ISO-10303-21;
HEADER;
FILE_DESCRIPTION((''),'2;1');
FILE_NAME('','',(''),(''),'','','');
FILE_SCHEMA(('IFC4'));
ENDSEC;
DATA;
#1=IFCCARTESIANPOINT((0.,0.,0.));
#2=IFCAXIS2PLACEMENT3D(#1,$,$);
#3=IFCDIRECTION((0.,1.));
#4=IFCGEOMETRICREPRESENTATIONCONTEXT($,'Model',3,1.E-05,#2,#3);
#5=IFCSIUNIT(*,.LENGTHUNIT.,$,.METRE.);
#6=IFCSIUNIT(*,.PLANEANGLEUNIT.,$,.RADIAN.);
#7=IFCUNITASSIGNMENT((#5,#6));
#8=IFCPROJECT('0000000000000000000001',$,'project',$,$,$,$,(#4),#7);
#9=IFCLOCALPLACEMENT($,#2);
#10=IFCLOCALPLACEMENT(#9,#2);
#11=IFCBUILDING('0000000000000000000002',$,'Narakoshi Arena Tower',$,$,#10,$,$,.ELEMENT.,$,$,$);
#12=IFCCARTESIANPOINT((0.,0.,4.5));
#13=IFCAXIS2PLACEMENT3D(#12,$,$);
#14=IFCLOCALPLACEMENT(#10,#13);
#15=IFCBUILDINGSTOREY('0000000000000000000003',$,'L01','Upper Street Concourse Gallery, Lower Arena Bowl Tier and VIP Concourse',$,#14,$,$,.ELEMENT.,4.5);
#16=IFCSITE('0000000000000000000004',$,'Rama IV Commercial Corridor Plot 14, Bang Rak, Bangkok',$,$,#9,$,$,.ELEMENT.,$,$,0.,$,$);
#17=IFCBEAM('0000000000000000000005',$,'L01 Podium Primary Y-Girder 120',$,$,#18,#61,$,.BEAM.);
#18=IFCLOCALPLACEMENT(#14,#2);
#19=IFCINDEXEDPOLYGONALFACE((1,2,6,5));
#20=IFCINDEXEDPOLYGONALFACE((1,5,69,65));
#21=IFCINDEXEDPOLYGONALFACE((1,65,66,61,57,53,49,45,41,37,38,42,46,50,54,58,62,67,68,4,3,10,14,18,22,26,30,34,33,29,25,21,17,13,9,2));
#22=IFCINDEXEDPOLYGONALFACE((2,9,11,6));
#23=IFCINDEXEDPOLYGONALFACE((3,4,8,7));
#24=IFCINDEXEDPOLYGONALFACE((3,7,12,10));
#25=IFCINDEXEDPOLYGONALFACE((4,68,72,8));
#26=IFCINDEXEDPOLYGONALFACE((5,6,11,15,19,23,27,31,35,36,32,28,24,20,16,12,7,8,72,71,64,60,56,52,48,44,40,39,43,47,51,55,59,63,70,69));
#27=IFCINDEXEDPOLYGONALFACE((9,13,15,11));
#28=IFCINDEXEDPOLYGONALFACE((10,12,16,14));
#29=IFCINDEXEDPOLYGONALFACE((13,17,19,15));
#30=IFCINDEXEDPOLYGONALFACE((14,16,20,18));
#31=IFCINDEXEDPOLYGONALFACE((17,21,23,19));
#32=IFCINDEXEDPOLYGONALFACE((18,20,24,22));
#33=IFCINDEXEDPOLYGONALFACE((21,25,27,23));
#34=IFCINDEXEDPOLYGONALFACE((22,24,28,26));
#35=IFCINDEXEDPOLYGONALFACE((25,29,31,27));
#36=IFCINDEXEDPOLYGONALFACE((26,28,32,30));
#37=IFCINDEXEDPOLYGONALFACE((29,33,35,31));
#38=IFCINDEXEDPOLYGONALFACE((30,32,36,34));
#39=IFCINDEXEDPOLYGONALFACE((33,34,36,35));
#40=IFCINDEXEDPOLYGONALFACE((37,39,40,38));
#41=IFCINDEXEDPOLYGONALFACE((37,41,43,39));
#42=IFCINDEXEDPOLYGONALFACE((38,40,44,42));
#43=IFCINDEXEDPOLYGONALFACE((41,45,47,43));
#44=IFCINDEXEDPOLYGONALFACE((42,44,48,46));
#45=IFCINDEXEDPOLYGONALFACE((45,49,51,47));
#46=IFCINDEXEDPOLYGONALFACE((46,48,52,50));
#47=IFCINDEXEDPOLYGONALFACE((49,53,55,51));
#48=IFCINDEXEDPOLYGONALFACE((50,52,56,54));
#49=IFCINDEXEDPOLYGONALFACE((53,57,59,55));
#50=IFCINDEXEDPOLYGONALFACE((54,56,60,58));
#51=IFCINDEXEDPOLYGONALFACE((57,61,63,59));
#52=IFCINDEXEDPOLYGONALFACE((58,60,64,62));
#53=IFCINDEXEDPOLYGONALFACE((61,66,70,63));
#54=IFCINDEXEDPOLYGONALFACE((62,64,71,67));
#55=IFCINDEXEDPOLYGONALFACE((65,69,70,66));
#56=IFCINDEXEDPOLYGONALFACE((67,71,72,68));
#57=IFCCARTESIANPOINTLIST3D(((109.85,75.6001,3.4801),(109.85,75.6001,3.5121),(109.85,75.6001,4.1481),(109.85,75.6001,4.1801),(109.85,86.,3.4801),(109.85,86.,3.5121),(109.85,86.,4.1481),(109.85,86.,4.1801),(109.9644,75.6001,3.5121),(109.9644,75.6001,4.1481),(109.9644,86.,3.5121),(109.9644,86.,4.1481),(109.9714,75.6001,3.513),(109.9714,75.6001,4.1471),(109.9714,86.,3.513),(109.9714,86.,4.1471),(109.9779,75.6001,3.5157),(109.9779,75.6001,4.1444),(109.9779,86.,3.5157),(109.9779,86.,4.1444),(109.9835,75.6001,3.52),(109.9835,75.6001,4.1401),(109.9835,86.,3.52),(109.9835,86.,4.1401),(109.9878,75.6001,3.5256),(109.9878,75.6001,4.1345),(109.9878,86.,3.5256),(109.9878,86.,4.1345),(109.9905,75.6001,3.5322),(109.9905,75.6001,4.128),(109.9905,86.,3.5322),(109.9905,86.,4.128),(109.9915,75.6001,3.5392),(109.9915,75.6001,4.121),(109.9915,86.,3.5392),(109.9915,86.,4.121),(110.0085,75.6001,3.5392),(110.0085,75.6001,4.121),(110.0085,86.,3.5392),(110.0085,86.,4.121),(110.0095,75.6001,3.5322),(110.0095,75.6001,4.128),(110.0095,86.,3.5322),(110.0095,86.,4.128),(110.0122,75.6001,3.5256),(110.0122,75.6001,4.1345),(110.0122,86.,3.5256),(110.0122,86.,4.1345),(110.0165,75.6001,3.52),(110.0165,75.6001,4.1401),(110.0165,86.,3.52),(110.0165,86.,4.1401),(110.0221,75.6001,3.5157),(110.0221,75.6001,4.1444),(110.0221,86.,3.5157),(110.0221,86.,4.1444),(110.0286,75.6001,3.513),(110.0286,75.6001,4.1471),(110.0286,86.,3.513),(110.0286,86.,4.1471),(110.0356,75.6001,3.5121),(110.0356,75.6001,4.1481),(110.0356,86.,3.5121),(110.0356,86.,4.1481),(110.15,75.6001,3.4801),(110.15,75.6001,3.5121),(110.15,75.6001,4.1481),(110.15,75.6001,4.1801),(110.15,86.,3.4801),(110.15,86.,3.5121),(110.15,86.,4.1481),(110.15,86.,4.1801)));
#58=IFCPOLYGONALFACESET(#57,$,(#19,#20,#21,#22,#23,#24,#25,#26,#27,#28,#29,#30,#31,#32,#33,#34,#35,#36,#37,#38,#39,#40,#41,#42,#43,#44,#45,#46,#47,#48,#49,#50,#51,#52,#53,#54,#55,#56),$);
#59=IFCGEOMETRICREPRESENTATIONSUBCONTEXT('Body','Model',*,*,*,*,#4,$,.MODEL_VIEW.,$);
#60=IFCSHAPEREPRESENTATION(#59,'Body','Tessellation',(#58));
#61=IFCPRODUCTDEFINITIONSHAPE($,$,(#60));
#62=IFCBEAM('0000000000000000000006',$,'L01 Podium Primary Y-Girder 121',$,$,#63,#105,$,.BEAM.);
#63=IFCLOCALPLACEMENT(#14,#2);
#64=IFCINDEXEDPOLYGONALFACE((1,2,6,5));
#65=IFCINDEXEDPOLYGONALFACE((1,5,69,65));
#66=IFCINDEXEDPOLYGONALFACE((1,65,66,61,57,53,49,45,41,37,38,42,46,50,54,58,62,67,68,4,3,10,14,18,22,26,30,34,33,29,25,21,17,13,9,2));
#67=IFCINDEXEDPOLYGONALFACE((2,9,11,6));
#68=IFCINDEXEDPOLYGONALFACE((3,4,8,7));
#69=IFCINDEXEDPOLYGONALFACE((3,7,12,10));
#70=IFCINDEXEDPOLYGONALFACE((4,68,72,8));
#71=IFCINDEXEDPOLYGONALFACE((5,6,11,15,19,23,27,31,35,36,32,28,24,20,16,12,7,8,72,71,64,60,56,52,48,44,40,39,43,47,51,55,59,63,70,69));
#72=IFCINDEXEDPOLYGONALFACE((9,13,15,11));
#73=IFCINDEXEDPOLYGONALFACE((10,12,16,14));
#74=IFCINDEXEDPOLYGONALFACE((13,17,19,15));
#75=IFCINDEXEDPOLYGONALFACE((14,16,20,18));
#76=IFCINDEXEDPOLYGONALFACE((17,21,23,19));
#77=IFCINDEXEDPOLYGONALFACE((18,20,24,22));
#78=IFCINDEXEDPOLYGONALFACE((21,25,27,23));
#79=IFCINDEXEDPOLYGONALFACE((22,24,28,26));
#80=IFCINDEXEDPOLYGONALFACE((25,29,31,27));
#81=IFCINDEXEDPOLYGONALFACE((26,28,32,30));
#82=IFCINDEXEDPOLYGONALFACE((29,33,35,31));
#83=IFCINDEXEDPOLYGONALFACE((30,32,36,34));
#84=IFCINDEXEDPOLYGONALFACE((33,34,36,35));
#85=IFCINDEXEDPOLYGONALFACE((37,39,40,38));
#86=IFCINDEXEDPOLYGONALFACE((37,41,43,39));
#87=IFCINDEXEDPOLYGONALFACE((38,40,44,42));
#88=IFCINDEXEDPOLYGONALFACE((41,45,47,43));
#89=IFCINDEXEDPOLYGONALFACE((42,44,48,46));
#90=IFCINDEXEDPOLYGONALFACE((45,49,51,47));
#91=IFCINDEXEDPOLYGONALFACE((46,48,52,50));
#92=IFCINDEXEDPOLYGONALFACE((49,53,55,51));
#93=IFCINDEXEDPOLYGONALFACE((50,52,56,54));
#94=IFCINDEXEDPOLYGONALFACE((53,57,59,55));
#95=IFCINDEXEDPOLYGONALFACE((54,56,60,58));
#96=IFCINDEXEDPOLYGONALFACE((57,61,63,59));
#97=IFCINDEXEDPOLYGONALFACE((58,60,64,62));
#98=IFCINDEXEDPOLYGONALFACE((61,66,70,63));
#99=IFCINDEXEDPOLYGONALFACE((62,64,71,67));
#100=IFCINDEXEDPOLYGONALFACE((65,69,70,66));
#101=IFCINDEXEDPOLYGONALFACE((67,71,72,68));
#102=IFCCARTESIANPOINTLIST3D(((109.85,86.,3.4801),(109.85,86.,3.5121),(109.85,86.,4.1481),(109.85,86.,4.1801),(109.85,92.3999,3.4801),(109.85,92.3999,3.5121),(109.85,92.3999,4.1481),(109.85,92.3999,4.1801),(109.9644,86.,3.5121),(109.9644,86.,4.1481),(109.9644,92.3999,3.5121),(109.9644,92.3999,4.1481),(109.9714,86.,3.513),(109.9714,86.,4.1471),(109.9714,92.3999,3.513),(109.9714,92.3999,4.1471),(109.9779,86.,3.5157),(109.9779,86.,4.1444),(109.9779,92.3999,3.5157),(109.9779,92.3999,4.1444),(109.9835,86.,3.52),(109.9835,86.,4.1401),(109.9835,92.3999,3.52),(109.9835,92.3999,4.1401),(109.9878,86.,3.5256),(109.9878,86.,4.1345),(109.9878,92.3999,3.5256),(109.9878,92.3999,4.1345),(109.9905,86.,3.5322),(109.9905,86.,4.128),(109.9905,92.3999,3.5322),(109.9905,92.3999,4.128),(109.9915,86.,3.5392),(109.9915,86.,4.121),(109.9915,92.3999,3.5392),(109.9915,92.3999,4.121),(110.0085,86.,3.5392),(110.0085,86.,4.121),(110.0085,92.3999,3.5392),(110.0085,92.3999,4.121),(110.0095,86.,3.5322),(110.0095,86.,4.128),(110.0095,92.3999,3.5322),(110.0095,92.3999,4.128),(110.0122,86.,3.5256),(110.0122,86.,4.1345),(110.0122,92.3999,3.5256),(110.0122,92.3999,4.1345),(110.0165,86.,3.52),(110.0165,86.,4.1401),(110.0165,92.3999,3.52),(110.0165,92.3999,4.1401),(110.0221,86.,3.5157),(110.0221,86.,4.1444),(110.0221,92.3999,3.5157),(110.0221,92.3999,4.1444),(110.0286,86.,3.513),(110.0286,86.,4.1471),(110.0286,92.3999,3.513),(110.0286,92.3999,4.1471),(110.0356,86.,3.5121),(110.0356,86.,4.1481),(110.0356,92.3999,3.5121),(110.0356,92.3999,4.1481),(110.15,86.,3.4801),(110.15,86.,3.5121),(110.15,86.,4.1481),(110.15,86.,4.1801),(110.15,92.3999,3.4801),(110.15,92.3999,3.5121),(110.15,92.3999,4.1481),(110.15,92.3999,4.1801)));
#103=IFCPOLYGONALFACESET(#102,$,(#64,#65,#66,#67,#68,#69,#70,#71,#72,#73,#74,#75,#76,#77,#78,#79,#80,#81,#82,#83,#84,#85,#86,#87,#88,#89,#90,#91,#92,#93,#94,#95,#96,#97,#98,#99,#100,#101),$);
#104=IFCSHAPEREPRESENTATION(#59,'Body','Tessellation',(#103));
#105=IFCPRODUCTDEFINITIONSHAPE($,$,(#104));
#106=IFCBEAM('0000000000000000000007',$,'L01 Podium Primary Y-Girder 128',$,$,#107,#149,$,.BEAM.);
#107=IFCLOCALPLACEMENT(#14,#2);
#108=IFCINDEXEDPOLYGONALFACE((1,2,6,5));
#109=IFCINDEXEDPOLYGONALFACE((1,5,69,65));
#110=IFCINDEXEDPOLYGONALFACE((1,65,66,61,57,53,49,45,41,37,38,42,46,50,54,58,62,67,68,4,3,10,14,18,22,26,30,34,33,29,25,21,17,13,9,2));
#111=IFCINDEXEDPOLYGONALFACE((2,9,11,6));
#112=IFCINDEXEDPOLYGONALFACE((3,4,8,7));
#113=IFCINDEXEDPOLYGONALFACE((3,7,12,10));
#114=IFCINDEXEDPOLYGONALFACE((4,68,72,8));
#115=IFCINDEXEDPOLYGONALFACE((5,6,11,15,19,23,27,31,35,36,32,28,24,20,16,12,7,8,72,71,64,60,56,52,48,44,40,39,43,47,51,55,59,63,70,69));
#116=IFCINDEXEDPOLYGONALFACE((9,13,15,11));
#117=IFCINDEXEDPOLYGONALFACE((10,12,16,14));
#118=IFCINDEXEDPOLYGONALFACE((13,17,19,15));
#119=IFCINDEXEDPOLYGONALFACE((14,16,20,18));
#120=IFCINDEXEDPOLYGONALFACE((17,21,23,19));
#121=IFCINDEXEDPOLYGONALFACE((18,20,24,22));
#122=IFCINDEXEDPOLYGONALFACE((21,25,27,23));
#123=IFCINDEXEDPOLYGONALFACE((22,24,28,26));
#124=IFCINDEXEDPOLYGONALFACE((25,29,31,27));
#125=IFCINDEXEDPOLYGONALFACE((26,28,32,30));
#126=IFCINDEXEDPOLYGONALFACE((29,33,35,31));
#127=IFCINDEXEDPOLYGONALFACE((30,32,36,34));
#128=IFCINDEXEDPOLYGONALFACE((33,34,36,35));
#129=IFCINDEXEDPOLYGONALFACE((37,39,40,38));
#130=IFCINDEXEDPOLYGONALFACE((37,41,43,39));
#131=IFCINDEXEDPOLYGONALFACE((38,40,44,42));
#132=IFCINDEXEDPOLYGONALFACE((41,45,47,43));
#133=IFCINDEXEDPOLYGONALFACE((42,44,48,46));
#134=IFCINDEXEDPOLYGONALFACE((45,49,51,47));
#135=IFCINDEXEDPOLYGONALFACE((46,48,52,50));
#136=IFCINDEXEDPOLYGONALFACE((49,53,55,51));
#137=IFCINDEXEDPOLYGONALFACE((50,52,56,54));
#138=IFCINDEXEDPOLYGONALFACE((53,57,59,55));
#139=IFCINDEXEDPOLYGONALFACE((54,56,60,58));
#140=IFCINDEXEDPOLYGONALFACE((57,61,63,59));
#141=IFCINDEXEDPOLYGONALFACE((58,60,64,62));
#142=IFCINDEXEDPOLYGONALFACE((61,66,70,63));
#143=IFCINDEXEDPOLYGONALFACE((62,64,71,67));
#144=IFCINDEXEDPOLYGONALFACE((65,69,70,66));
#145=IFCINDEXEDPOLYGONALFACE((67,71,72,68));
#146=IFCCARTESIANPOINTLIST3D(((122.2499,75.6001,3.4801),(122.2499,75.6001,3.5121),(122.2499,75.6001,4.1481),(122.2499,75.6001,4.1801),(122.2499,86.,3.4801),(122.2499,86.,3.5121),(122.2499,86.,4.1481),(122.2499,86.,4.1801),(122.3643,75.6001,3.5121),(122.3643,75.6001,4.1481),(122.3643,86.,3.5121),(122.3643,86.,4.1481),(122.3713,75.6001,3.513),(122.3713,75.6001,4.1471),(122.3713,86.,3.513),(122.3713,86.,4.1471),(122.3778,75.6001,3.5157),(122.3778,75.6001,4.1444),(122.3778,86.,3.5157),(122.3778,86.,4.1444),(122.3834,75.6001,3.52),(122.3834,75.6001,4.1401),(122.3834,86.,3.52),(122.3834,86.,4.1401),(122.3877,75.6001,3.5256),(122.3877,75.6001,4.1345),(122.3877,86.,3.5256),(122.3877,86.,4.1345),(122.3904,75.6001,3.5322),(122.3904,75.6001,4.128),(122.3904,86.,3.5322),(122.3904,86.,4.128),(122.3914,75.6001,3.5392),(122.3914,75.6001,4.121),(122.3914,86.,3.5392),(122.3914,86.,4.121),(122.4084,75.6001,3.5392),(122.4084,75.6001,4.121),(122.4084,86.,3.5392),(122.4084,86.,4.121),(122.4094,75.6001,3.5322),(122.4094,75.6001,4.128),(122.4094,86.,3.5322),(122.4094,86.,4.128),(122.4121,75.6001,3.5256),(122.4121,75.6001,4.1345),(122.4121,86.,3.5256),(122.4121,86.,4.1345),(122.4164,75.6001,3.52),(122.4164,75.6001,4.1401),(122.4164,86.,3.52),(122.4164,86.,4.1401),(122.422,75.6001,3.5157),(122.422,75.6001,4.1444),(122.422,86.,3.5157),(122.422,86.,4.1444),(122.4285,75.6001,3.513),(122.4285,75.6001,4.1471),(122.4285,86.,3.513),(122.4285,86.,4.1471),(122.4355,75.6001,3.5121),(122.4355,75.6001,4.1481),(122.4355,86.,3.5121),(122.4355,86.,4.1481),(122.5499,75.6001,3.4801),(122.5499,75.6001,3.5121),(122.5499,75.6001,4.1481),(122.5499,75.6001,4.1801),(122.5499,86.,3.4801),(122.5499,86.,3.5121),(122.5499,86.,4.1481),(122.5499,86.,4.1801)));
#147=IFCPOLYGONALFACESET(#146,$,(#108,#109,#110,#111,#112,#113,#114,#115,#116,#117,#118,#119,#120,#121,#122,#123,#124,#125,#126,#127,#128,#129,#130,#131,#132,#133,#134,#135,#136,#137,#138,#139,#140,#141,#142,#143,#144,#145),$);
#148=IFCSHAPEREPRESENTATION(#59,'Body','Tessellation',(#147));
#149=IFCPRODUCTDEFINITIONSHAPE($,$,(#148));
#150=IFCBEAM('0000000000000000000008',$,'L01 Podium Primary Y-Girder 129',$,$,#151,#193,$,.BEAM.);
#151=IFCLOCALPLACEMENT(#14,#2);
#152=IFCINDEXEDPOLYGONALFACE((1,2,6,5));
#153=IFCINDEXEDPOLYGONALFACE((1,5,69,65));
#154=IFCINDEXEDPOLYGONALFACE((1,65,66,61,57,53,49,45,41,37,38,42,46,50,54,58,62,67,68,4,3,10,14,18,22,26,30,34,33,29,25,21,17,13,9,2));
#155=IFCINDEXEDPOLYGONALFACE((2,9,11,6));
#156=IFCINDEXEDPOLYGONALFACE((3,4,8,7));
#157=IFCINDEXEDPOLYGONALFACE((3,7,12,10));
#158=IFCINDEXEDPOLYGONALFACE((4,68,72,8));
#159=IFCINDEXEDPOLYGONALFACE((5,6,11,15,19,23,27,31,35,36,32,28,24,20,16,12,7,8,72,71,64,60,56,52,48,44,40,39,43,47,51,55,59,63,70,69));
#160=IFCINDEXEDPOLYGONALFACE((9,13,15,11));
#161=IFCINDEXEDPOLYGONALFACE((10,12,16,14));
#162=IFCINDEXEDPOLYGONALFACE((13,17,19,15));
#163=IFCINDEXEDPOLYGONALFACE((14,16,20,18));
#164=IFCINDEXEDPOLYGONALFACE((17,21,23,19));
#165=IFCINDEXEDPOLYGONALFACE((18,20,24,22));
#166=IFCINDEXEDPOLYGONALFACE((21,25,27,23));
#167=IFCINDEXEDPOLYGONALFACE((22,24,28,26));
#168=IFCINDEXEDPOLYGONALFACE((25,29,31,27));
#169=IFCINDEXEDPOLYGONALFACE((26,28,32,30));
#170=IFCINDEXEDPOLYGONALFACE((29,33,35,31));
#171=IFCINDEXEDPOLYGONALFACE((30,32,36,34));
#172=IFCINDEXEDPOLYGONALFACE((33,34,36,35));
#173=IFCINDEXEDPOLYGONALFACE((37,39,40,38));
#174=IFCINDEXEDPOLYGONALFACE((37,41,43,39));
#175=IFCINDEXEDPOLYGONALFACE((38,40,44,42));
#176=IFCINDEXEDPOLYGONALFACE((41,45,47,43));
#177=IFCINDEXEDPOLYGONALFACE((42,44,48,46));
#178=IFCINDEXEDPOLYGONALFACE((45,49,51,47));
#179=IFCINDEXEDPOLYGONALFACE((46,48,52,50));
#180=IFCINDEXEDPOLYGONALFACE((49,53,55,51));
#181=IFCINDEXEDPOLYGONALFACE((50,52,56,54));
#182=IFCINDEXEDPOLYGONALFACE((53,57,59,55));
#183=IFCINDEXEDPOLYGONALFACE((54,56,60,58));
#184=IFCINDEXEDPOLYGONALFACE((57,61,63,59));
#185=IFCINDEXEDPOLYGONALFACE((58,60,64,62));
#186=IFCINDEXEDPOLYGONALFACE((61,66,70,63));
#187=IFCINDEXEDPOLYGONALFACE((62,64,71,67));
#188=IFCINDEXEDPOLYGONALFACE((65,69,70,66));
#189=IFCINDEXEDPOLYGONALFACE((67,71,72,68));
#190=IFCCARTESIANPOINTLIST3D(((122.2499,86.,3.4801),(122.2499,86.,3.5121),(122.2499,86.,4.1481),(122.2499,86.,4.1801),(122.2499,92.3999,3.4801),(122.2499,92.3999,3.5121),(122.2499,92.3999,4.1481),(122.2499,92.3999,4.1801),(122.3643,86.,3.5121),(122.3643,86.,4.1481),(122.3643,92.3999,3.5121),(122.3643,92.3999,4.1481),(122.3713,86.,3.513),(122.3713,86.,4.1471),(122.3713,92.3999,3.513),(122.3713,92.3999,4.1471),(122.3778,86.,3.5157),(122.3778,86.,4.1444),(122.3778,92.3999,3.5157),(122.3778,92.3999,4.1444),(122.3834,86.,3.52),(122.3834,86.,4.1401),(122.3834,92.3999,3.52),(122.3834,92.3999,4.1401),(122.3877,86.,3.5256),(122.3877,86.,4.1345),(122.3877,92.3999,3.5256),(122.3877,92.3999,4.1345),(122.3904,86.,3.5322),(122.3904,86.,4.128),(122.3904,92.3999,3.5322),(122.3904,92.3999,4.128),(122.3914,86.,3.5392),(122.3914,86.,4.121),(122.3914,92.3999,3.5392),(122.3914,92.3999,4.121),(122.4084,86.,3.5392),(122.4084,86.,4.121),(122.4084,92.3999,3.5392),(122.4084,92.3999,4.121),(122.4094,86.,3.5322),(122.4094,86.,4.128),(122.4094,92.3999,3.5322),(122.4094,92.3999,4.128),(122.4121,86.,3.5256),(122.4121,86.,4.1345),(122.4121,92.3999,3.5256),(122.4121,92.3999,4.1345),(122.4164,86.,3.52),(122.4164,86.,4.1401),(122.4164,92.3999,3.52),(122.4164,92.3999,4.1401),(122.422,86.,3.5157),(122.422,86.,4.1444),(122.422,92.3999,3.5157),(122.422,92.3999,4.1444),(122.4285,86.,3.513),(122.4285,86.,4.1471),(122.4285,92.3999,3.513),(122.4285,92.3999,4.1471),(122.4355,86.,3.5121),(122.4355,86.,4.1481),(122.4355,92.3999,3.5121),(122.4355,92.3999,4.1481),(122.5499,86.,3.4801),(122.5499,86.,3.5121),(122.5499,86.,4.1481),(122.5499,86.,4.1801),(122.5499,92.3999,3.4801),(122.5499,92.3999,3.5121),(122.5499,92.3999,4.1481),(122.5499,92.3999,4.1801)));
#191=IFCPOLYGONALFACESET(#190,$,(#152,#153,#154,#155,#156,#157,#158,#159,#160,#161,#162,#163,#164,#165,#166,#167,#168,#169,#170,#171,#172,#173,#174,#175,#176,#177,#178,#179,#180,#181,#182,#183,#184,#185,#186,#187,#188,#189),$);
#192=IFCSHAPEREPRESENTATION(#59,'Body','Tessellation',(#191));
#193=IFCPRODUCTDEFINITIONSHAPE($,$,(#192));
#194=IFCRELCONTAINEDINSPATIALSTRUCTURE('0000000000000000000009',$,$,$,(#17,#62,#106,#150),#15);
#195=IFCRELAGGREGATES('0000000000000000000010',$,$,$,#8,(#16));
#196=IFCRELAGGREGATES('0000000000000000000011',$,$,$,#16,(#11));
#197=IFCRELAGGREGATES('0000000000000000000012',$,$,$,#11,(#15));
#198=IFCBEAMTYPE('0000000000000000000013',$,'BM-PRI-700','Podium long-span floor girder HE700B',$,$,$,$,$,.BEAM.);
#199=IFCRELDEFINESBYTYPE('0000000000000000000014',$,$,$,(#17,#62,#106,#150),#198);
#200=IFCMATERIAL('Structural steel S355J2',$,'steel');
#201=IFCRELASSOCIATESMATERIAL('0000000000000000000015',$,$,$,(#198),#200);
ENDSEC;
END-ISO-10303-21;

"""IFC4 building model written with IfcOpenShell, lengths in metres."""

from ifc_helpers import new_model, si_unit, direction, frame, origin, origin_2d, place, context, subcontext, project, spatial, i_section, extrude, material, material_profile, profile_set, type_object, element, save


model = new_model("IFC4")

# Units and contexts
model_context = context("Model", 3, precision=1e-05, world=origin(), true_north=direction((0.0, 1.0)))
body_context = subcontext(model_context, "Body", "Model", "MODEL_VIEW")
ifc_project = project(units=[si_unit("LENGTHUNIT", "METRE"), si_unit("PLANEANGLEUNIT", "RADIAN")], contexts=[model_context])

# Site, building, storey
site_placement = place(None, origin())
site = spatial("IfcSite", under=ifc_project, at=site_placement, Name="Rama IV Commercial Corridor Plot 14, Bang Rak, Bangkok", CompositionType="ELEMENT", RefElevation=0.0)
building_placement = place(site_placement, origin())
building = spatial("IfcBuilding", under=site, at=building_placement, Name="Narakoshi Arena Tower", CompositionType="ELEMENT")
storey_placement = place(building_placement, frame((0.0, 0.0, 4.5)))
storey = spatial("IfcBuildingStorey", under=building, at=storey_placement, Name="L01", Description="Upper Street Concourse Gallery, Lower Arena Bowl Tier and VIP Concourse", CompositionType="ELEMENT", Elevation=4.5)

# Beams
ifc_material_1 = material(Name="Structural steel S355J2", Category="steel")
ifc_material_profile_1 = material_profile(ifc_material_1, i_section(OverallWidth=0.3, OverallDepth=0.7, WebThickness=0.0171, FlangeThickness=0.032, FilletRadius=0.0271, at=origin_2d()), Name="HE700B")
ifc_profile_set_1 = profile_set([ifc_material_profile_1], Name="Structural steel S355J2")
beam_type_1 = type_object("IfcBeamType", Name="BM-PRI-700", Description="Podium long-span floor girder HE700B", PredefinedType="BEAM", material=ifc_profile_set_1)
beam_1_placement = place(storey_placement, frame((110.0, 75.6001, 3.8301), z_axis=(0.0, 1.0, 0.0), x_axis=(-1.0, 0.0, 0.0)))
element("IfcBeam", 1, at=beam_1_placement, inside=storey, type_object=beam_type_1, Name="L01 Podium Primary Y-Girder 120", PredefinedType="BEAM", context=body_context, shape_type="SweptSolid", body=[
    extrude(i_section(OverallWidth=0.3, OverallDepth=0.7, WebThickness=0.0171, FlangeThickness=0.032, FilletRadius=0.0271, at=origin_2d()), origin(), (0.0, 0.0, 1.0), 10.3999),
])
beam_2_placement = place(storey_placement, frame((110.0, 86.0, 3.8301), z_axis=(0.0, 1.0, 0.0), x_axis=(-1.0, 0.0, 0.0)))
element("IfcBeam", 2, at=beam_2_placement, inside=storey, type_object=beam_type_1, Name="L01 Podium Primary Y-Girder 121", PredefinedType="BEAM", context=body_context, shape_type="SweptSolid", body=[
    extrude(i_section(OverallWidth=0.3, OverallDepth=0.7, WebThickness=0.0171, FlangeThickness=0.032, FilletRadius=0.0271, at=origin_2d()), origin(), (0.0, 0.0, 1.0), 6.3999),
])
beam_3_placement = place(storey_placement, frame((122.3999, 75.6001, 3.8301), z_axis=(0.0, 1.0, 0.0), x_axis=(-1.0, 0.0, 0.0)))
element("IfcBeam", 3, at=beam_3_placement, inside=storey, type_object=beam_type_1, Name="L01 Podium Primary Y-Girder 128", PredefinedType="BEAM", context=body_context, shape_type="SweptSolid", body=[
    extrude(i_section(OverallWidth=0.3, OverallDepth=0.7, WebThickness=0.0171, FlangeThickness=0.032, FilletRadius=0.0271, at=origin_2d()), origin(), (0.0, 0.0, 1.0), 10.3999),
])
beam_4_placement = place(storey_placement, frame((122.3999, 86.0, 3.8301), z_axis=(0.0, 1.0, 0.0), x_axis=(-1.0, 0.0, 0.0)))
element("IfcBeam", 4, at=beam_4_placement, inside=storey, type_object=beam_type_1, Name="L01 Podium Primary Y-Girder 129", PredefinedType="BEAM", context=body_context, shape_type="SweptSolid", body=[
    extrude(i_section(OverallWidth=0.3, OverallDepth=0.7, WebThickness=0.0171, FlangeThickness=0.032, FilletRadius=0.0271, at=origin_2d()), origin(), (0.0, 0.0, 1.0), 6.3999),
])

save(model, "model.ifc")
